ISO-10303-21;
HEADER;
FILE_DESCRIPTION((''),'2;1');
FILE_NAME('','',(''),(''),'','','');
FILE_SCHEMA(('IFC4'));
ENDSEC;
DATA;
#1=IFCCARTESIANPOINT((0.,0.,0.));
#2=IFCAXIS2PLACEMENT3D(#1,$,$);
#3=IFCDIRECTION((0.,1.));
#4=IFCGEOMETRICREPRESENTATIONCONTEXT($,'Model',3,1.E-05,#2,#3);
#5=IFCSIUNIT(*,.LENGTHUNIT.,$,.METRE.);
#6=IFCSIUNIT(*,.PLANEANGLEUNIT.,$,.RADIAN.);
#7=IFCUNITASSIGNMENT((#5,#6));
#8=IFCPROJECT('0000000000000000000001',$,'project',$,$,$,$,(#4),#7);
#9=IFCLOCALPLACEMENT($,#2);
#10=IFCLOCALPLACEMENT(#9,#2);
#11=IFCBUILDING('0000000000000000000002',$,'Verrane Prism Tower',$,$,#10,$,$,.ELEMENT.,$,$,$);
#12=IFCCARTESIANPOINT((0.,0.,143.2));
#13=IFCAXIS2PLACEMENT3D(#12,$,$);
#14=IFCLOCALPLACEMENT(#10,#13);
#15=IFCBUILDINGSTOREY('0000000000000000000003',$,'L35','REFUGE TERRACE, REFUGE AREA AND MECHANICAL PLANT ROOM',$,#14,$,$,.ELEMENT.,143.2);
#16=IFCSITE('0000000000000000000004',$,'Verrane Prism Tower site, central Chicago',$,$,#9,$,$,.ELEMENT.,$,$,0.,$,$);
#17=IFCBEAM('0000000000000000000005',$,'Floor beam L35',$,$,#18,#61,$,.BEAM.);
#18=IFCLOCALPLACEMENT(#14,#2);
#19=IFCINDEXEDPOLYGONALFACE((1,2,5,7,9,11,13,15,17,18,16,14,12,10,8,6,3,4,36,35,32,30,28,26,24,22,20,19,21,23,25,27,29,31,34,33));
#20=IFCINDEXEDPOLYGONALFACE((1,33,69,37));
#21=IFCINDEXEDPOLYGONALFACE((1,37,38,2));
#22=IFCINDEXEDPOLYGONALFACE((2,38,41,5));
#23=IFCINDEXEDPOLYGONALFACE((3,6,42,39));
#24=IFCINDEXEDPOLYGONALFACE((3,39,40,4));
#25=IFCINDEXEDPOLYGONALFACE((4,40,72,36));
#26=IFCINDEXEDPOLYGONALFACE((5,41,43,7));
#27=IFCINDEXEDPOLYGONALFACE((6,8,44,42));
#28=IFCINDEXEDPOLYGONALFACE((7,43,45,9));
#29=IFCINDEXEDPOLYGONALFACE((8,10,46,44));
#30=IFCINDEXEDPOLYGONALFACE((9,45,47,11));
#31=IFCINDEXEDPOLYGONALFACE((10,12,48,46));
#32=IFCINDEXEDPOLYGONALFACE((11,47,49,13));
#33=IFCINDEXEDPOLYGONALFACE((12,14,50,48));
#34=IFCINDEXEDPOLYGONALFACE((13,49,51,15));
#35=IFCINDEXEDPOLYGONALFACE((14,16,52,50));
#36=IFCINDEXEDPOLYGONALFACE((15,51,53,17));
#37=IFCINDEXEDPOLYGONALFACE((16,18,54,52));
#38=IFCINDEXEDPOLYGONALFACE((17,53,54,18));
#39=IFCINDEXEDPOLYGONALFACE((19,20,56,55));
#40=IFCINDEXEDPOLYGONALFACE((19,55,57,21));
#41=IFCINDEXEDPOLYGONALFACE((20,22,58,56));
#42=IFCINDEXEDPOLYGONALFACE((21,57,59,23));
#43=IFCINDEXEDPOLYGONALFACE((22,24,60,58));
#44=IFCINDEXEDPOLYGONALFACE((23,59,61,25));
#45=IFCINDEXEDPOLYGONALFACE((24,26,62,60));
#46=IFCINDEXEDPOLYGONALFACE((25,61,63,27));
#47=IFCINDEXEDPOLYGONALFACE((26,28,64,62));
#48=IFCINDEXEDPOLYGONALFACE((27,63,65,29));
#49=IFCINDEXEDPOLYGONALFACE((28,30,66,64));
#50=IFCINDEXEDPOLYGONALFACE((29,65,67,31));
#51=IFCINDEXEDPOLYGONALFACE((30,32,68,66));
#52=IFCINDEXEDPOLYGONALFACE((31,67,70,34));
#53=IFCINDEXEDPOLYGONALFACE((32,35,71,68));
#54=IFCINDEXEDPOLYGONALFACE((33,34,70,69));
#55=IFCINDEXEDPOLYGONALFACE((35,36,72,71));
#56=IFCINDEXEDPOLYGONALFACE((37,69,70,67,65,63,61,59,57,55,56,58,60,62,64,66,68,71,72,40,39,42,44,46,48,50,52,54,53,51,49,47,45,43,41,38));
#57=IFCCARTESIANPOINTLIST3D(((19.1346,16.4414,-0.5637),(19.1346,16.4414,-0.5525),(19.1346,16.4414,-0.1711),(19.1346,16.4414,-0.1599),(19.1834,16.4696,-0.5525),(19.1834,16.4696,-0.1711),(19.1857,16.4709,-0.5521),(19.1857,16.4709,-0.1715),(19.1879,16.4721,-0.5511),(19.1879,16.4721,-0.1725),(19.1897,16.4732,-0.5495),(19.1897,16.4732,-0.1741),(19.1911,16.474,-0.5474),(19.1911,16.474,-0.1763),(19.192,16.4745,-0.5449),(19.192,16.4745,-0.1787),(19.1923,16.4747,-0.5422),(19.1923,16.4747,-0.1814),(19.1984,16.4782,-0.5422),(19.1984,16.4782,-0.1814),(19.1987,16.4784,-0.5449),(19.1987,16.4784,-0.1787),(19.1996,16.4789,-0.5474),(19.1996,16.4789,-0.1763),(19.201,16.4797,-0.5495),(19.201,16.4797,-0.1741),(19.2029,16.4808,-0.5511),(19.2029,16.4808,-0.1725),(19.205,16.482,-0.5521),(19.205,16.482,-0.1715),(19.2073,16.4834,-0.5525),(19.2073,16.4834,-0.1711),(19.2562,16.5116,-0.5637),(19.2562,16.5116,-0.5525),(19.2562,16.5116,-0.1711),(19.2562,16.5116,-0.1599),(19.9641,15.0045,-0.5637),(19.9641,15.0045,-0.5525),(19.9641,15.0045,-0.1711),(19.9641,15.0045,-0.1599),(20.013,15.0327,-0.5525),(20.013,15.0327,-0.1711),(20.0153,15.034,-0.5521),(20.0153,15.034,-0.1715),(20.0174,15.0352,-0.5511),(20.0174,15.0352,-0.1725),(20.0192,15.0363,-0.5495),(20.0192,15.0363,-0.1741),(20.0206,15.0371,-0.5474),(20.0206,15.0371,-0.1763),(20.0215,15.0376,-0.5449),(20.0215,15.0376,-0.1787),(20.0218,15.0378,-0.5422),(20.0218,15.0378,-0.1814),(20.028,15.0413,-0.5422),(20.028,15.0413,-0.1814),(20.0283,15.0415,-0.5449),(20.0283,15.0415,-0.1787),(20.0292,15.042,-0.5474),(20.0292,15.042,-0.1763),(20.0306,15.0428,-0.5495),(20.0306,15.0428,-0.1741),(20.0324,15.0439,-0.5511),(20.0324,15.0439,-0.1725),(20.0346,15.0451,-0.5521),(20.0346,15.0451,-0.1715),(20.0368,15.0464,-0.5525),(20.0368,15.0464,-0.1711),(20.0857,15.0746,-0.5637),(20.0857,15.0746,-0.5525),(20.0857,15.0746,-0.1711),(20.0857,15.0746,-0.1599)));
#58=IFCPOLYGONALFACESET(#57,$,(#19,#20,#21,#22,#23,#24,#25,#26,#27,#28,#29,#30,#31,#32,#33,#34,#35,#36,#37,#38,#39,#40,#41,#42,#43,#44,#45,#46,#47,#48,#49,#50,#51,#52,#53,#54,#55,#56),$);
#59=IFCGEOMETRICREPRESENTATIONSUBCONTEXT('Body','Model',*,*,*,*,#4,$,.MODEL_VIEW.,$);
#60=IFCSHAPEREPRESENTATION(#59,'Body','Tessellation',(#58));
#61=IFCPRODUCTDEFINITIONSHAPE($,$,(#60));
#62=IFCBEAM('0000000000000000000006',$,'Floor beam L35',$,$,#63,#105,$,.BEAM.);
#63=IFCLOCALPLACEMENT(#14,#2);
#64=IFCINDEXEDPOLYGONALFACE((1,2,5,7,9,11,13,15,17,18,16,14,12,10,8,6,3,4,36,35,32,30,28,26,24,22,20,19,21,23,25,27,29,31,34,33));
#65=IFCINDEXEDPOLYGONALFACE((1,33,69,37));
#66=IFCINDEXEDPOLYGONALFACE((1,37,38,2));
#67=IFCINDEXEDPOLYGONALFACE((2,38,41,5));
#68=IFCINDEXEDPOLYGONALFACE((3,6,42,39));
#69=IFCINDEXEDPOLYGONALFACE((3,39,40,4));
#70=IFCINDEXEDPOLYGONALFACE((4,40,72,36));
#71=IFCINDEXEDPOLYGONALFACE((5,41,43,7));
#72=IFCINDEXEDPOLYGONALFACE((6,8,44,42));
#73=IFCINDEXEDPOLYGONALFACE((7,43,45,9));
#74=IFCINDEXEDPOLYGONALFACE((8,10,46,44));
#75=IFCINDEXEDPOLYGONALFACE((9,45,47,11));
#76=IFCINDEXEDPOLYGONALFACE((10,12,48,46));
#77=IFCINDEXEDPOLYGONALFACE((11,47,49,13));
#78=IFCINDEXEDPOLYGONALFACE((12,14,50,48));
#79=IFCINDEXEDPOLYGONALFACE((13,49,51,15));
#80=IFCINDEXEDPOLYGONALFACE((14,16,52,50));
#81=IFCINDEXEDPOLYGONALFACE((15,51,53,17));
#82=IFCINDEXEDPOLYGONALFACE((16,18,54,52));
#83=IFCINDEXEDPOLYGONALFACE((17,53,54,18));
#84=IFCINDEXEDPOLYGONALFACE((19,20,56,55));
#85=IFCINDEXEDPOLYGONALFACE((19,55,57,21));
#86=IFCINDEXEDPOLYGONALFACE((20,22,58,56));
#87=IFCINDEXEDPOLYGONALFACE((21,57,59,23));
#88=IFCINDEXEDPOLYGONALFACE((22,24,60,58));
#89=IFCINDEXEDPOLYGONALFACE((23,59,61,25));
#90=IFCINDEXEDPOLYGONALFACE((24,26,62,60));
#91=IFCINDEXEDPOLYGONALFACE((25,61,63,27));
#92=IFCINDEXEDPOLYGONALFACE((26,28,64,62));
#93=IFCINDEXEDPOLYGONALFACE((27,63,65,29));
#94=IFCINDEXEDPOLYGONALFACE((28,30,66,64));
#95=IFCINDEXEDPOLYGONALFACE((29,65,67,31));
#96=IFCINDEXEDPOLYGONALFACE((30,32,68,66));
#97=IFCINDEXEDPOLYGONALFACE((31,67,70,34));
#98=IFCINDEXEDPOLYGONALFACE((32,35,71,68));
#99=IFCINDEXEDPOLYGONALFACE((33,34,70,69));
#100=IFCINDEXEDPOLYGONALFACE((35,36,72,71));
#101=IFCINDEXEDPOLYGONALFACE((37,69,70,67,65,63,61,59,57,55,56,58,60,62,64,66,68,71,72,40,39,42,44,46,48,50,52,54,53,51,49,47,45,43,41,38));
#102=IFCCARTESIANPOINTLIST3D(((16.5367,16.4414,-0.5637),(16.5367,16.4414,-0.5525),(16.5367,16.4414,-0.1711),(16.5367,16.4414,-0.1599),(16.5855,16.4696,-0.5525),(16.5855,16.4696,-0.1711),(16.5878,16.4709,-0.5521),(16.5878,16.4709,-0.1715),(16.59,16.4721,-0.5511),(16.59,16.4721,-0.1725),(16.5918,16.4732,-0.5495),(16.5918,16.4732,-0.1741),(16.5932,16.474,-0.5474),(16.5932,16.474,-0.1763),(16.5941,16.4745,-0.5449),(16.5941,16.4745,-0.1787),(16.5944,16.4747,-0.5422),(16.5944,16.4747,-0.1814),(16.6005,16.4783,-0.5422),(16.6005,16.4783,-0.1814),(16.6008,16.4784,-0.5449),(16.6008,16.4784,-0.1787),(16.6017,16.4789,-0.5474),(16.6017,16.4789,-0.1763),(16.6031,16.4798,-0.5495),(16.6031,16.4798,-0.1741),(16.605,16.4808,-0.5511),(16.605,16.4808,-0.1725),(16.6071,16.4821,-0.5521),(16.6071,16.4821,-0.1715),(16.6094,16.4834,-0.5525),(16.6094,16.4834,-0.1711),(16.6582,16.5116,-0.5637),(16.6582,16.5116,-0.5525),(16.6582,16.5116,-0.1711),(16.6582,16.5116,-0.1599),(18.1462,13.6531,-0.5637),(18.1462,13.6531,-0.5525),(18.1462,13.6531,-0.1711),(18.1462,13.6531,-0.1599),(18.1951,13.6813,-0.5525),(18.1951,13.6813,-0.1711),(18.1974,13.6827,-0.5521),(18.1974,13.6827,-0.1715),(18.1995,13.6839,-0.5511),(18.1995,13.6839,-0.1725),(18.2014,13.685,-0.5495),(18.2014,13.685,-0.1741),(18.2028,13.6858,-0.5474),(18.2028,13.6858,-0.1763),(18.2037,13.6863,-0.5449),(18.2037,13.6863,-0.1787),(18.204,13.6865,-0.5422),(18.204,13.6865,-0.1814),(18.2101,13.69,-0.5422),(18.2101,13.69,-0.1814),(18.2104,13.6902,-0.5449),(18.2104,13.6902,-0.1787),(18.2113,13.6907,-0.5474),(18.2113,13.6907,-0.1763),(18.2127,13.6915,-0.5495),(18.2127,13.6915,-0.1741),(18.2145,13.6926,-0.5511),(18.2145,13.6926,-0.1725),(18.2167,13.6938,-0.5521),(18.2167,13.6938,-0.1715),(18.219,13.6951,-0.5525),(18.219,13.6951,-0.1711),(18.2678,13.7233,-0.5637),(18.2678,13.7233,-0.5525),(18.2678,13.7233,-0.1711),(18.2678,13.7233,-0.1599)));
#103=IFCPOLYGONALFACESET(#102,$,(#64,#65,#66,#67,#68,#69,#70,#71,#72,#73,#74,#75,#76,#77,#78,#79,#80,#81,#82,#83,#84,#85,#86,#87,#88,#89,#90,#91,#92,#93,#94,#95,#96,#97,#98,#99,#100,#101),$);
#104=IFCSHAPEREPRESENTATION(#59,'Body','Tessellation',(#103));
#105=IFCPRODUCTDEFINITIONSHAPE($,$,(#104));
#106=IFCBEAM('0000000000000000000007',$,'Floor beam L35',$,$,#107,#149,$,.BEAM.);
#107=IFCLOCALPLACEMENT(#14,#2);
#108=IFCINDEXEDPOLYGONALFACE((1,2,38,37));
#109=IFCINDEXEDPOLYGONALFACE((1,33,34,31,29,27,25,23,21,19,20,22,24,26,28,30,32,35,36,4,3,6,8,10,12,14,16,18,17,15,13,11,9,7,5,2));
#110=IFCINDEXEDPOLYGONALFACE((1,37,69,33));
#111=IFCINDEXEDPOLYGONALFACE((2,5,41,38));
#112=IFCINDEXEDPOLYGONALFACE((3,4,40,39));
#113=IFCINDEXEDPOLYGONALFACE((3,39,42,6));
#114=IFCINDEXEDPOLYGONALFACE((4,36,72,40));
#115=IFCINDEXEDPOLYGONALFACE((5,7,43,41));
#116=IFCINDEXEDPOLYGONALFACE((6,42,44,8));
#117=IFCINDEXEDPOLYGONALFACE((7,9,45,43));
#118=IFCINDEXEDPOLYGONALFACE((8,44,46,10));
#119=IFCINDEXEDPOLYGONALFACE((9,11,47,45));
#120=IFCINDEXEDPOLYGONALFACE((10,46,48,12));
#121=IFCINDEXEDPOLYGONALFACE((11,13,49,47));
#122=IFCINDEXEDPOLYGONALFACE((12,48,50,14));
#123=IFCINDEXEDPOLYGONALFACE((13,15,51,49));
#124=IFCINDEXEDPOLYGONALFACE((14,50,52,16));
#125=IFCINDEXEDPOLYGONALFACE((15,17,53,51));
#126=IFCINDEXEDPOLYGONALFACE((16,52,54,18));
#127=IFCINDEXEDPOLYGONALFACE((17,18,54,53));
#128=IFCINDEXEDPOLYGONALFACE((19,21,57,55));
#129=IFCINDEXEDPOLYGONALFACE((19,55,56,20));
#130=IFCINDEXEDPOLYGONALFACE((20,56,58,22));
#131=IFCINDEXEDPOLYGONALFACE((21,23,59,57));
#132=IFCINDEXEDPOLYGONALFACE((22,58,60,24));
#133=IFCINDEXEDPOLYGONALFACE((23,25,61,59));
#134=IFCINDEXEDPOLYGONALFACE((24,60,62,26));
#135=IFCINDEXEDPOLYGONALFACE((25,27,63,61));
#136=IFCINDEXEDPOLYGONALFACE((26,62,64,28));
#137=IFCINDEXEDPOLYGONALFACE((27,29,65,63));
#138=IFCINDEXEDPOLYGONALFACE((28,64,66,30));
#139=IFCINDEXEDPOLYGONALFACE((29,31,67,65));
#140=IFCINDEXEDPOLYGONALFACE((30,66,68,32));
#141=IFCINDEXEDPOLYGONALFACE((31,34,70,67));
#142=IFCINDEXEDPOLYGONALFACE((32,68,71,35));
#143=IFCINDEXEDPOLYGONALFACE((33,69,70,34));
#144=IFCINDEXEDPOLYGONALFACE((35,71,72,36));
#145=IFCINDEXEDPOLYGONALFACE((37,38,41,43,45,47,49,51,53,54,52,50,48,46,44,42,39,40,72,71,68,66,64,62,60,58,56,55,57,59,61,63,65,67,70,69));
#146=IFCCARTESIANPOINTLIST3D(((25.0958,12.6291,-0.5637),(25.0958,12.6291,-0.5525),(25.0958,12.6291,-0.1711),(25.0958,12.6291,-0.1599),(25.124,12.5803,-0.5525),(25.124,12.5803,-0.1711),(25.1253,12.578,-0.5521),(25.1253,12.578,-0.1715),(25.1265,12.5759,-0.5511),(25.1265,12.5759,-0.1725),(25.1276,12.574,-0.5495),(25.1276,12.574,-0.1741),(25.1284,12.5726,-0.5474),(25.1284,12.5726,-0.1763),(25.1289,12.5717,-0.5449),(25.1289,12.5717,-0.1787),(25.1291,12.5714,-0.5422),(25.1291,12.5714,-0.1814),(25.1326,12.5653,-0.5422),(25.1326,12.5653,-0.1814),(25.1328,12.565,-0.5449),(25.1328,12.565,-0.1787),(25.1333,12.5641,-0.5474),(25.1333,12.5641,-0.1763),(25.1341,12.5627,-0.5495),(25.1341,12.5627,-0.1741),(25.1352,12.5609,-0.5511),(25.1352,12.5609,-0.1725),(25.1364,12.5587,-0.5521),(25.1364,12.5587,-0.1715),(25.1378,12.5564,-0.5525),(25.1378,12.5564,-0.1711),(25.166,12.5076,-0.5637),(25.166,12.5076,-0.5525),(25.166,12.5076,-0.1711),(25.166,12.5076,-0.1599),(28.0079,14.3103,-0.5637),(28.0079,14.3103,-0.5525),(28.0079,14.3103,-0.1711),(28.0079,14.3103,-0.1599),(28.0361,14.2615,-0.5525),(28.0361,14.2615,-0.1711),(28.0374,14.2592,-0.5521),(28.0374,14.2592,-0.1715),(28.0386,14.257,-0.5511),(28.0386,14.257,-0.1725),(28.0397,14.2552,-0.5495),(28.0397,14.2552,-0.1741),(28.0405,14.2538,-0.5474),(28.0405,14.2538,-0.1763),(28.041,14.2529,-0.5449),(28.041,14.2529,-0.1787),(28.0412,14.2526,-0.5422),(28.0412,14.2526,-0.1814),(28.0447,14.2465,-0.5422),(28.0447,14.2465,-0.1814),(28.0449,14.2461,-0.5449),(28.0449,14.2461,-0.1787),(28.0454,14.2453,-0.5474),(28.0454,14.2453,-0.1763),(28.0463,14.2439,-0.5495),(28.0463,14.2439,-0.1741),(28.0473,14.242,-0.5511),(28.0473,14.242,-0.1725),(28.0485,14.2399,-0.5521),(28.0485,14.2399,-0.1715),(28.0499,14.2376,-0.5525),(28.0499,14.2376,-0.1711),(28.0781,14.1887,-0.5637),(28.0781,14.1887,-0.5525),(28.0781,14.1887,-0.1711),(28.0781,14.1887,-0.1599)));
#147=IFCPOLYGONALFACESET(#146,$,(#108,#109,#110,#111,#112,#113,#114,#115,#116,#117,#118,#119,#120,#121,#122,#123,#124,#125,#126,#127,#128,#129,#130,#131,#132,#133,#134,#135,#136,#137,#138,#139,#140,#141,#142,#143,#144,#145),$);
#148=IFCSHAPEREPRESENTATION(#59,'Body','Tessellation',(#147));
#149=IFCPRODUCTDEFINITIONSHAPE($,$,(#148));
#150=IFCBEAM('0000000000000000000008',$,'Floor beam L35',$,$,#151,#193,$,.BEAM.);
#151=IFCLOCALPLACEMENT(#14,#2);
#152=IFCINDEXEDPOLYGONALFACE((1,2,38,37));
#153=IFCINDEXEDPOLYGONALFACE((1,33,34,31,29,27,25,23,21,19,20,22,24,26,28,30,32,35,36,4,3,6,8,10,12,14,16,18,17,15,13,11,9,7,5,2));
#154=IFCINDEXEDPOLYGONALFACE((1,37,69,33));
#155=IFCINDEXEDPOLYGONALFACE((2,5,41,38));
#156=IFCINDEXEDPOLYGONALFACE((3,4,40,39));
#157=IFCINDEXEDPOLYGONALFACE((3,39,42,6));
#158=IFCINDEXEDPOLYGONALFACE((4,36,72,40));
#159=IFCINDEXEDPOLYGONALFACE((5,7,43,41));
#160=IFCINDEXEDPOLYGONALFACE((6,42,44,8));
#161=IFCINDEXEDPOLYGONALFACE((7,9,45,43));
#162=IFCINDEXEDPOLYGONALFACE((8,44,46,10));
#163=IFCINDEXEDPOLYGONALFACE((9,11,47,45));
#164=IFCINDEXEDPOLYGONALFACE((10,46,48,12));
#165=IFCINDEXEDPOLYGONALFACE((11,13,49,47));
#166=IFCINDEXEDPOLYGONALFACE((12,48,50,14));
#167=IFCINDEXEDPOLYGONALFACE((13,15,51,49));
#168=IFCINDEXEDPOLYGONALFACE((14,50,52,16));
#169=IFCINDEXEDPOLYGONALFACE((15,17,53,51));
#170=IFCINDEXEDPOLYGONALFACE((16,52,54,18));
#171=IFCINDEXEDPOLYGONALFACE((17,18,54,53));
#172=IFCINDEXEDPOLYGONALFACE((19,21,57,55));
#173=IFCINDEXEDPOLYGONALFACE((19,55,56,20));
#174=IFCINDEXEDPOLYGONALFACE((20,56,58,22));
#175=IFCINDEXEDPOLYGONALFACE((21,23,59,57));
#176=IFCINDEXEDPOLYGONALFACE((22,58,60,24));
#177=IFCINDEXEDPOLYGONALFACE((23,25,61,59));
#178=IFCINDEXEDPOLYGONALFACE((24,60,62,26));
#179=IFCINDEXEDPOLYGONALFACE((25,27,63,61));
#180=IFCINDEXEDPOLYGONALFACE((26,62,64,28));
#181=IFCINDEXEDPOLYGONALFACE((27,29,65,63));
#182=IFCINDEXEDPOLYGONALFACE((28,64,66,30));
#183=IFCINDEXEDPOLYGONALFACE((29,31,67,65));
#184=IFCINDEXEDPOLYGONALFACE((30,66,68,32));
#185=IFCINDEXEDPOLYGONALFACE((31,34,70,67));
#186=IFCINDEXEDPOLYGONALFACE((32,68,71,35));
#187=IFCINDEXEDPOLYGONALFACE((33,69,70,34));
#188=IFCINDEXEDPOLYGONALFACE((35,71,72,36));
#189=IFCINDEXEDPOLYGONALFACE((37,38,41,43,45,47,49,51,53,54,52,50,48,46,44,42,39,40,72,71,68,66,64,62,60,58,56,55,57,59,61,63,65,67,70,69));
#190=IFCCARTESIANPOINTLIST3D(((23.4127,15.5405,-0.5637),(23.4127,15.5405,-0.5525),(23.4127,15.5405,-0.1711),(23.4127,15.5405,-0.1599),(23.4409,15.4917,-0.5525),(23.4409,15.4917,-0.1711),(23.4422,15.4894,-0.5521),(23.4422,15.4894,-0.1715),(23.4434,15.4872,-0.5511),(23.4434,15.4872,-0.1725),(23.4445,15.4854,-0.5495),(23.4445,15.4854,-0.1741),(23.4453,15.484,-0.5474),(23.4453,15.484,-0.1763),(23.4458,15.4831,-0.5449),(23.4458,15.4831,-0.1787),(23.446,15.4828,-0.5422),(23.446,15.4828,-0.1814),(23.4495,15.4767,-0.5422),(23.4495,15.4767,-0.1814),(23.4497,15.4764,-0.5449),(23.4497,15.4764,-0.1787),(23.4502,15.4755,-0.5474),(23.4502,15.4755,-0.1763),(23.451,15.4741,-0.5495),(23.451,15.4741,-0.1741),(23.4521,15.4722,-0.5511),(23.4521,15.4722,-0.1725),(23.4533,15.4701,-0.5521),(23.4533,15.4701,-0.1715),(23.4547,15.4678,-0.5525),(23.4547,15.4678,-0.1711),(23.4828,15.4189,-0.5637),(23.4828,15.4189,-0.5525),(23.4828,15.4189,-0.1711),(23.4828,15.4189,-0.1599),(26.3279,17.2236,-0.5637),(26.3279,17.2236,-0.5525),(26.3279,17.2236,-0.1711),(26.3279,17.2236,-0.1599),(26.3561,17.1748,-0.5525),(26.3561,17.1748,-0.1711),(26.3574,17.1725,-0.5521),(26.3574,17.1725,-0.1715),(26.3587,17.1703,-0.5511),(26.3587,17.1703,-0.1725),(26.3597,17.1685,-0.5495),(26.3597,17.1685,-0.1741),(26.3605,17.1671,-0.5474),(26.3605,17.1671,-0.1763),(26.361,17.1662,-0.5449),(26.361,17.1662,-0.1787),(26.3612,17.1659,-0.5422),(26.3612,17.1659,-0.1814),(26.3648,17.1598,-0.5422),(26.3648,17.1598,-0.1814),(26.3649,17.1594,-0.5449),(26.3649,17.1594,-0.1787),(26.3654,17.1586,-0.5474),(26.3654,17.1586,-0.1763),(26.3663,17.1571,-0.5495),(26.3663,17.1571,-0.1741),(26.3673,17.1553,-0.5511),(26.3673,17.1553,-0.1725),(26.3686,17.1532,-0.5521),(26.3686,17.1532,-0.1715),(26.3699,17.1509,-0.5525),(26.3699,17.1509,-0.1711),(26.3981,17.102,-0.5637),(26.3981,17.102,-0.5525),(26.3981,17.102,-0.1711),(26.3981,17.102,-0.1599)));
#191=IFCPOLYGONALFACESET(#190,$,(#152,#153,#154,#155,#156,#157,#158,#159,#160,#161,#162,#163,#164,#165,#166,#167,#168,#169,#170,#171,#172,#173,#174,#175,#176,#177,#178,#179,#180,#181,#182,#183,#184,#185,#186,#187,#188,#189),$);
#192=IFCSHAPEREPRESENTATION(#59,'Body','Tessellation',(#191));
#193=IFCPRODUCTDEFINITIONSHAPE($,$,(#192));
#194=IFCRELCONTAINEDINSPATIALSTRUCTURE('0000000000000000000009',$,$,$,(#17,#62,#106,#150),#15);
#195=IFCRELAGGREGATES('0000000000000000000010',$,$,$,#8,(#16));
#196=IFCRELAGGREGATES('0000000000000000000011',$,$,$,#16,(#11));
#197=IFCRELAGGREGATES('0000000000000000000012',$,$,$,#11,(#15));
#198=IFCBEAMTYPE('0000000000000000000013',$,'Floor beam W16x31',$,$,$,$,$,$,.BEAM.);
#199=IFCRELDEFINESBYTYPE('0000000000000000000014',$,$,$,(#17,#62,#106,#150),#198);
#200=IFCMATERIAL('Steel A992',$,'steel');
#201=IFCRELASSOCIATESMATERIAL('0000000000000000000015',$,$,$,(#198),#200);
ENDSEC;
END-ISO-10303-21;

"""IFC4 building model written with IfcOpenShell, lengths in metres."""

from ifc_helpers import new_model, si_unit, direction, frame, origin, origin_2d, place, context, subcontext, project, spatial, i_section, extrude, material, material_profile, profile_set, type_object, element, save


model = new_model("IFC4")

# Units and contexts
model_context = context("Model", 3, precision=1e-05, world=origin(), true_north=direction((0.0, 1.0)))
body_context = subcontext(model_context, "Body", "Model", "MODEL_VIEW")
ifc_project = project(units=[si_unit("LENGTHUNIT", "METRE"), si_unit("PLANEANGLEUNIT", "RADIAN")], contexts=[model_context])

# Site, building, storey
site_placement = place(None, origin())
site = spatial("IfcSite", under=ifc_project, at=site_placement, Name="Verrane Prism Tower site, central Chicago", CompositionType="ELEMENT", RefElevation=0.0)
building_placement = place(site_placement, origin())
building = spatial("IfcBuilding", under=site, at=building_placement, Name="Verrane Prism Tower", CompositionType="ELEMENT")
storey_placement = place(building_placement, frame((0.0, 0.0, 143.2)))
storey = spatial("IfcBuildingStorey", under=building, at=storey_placement, Name="L35", Description="REFUGE TERRACE, REFUGE AREA AND MECHANICAL PLANT ROOM", CompositionType="ELEMENT", Elevation=143.2)

# Beams
ifc_material_1 = material(Name="Steel A992", Category="steel")
ifc_material_profile_1 = material_profile(ifc_material_1, i_section(OverallWidth=0.1404, OverallDepth=0.4038, WebThickness=0.0071, FlangeThickness=0.0112, FilletRadius=0.0103, at=origin_2d()), Name="W16x31")
ifc_profile_set_1 = profile_set([ifc_material_profile_1], Name="Steel A992")
beam_type_1 = type_object("IfcBeamType", Name="Floor beam W16x31", PredefinedType="BEAM", material=ifc_profile_set_1)
beam_1_placement = place(storey_placement, frame((20.0249, 15.0396, -0.3618), z_axis=(-0.499969, 0.866043, 0.0), x_axis=(-0.866043, -0.499969, 0.0)))
element("IfcBeam", 1, at=beam_1_placement, inside=storey, type_object=beam_type_1, Name="Floor beam L35", PredefinedType="BEAM", context=body_context, shape_type="SweptSolid", body=[
    extrude(i_section(OverallWidth=0.1404, OverallDepth=0.4038, WebThickness=0.0071, FlangeThickness=0.0112, FilletRadius=0.0103, at=origin_2d()), origin(), (0.0, 0.0, 1.0), 1.6592),
])
beam_2_placement = place(storey_placement, frame((18.207, 13.6882, -0.3618), z_axis=(-0.499948, 0.866056, 0.0), x_axis=(-0.866056, -0.499948, 0.0)))
element("IfcBeam", 2, at=beam_2_placement, inside=storey, type_object=beam_type_1, Name="Floor beam L35", PredefinedType="BEAM", context=body_context, shape_type="SweptSolid", body=[
    extrude(i_section(OverallWidth=0.1404, OverallDepth=0.4038, WebThickness=0.0071, FlangeThickness=0.0112, FilletRadius=0.0103, at=origin_2d()), origin(), (0.0, 0.0, 1.0), 3.2195),
])
beam_3_placement = place(storey_placement, frame((25.1309, 12.5684, -0.3618), z_axis=(0.866045, 0.499965, 0.0), x_axis=(-0.499965, 0.866045, 0.0)))
element("IfcBeam", 3, at=beam_3_placement, inside=storey, type_object=beam_type_1, Name="Floor beam L35", PredefinedType="BEAM", context=body_context, shape_type="SweptSolid", body=[
    extrude(i_section(OverallWidth=0.1404, OverallDepth=0.4038, WebThickness=0.0071, FlangeThickness=0.0112, FilletRadius=0.0103, at=origin_2d()), origin(), (0.0, 0.0, 1.0), 3.3625),
])
beam_4_placement = place(storey_placement, frame((23.4478, 15.4797, -0.3618), z_axis=(0.86603, 0.499992, 0.0), x_axis=(-0.499992, 0.86603, 0.0)))
element("IfcBeam", 4, at=beam_4_placement, inside=storey, type_object=beam_type_1, Name="Floor beam L35", PredefinedType="BEAM", context=body_context, shape_type="SweptSolid", body=[
    extrude(i_section(OverallWidth=0.1404, OverallDepth=0.4038, WebThickness=0.0071, FlangeThickness=0.0112, FilletRadius=0.0103, at=origin_2d()), origin(), (0.0, 0.0, 1.0), 3.3662),
])

save(model, "model.ifc")
